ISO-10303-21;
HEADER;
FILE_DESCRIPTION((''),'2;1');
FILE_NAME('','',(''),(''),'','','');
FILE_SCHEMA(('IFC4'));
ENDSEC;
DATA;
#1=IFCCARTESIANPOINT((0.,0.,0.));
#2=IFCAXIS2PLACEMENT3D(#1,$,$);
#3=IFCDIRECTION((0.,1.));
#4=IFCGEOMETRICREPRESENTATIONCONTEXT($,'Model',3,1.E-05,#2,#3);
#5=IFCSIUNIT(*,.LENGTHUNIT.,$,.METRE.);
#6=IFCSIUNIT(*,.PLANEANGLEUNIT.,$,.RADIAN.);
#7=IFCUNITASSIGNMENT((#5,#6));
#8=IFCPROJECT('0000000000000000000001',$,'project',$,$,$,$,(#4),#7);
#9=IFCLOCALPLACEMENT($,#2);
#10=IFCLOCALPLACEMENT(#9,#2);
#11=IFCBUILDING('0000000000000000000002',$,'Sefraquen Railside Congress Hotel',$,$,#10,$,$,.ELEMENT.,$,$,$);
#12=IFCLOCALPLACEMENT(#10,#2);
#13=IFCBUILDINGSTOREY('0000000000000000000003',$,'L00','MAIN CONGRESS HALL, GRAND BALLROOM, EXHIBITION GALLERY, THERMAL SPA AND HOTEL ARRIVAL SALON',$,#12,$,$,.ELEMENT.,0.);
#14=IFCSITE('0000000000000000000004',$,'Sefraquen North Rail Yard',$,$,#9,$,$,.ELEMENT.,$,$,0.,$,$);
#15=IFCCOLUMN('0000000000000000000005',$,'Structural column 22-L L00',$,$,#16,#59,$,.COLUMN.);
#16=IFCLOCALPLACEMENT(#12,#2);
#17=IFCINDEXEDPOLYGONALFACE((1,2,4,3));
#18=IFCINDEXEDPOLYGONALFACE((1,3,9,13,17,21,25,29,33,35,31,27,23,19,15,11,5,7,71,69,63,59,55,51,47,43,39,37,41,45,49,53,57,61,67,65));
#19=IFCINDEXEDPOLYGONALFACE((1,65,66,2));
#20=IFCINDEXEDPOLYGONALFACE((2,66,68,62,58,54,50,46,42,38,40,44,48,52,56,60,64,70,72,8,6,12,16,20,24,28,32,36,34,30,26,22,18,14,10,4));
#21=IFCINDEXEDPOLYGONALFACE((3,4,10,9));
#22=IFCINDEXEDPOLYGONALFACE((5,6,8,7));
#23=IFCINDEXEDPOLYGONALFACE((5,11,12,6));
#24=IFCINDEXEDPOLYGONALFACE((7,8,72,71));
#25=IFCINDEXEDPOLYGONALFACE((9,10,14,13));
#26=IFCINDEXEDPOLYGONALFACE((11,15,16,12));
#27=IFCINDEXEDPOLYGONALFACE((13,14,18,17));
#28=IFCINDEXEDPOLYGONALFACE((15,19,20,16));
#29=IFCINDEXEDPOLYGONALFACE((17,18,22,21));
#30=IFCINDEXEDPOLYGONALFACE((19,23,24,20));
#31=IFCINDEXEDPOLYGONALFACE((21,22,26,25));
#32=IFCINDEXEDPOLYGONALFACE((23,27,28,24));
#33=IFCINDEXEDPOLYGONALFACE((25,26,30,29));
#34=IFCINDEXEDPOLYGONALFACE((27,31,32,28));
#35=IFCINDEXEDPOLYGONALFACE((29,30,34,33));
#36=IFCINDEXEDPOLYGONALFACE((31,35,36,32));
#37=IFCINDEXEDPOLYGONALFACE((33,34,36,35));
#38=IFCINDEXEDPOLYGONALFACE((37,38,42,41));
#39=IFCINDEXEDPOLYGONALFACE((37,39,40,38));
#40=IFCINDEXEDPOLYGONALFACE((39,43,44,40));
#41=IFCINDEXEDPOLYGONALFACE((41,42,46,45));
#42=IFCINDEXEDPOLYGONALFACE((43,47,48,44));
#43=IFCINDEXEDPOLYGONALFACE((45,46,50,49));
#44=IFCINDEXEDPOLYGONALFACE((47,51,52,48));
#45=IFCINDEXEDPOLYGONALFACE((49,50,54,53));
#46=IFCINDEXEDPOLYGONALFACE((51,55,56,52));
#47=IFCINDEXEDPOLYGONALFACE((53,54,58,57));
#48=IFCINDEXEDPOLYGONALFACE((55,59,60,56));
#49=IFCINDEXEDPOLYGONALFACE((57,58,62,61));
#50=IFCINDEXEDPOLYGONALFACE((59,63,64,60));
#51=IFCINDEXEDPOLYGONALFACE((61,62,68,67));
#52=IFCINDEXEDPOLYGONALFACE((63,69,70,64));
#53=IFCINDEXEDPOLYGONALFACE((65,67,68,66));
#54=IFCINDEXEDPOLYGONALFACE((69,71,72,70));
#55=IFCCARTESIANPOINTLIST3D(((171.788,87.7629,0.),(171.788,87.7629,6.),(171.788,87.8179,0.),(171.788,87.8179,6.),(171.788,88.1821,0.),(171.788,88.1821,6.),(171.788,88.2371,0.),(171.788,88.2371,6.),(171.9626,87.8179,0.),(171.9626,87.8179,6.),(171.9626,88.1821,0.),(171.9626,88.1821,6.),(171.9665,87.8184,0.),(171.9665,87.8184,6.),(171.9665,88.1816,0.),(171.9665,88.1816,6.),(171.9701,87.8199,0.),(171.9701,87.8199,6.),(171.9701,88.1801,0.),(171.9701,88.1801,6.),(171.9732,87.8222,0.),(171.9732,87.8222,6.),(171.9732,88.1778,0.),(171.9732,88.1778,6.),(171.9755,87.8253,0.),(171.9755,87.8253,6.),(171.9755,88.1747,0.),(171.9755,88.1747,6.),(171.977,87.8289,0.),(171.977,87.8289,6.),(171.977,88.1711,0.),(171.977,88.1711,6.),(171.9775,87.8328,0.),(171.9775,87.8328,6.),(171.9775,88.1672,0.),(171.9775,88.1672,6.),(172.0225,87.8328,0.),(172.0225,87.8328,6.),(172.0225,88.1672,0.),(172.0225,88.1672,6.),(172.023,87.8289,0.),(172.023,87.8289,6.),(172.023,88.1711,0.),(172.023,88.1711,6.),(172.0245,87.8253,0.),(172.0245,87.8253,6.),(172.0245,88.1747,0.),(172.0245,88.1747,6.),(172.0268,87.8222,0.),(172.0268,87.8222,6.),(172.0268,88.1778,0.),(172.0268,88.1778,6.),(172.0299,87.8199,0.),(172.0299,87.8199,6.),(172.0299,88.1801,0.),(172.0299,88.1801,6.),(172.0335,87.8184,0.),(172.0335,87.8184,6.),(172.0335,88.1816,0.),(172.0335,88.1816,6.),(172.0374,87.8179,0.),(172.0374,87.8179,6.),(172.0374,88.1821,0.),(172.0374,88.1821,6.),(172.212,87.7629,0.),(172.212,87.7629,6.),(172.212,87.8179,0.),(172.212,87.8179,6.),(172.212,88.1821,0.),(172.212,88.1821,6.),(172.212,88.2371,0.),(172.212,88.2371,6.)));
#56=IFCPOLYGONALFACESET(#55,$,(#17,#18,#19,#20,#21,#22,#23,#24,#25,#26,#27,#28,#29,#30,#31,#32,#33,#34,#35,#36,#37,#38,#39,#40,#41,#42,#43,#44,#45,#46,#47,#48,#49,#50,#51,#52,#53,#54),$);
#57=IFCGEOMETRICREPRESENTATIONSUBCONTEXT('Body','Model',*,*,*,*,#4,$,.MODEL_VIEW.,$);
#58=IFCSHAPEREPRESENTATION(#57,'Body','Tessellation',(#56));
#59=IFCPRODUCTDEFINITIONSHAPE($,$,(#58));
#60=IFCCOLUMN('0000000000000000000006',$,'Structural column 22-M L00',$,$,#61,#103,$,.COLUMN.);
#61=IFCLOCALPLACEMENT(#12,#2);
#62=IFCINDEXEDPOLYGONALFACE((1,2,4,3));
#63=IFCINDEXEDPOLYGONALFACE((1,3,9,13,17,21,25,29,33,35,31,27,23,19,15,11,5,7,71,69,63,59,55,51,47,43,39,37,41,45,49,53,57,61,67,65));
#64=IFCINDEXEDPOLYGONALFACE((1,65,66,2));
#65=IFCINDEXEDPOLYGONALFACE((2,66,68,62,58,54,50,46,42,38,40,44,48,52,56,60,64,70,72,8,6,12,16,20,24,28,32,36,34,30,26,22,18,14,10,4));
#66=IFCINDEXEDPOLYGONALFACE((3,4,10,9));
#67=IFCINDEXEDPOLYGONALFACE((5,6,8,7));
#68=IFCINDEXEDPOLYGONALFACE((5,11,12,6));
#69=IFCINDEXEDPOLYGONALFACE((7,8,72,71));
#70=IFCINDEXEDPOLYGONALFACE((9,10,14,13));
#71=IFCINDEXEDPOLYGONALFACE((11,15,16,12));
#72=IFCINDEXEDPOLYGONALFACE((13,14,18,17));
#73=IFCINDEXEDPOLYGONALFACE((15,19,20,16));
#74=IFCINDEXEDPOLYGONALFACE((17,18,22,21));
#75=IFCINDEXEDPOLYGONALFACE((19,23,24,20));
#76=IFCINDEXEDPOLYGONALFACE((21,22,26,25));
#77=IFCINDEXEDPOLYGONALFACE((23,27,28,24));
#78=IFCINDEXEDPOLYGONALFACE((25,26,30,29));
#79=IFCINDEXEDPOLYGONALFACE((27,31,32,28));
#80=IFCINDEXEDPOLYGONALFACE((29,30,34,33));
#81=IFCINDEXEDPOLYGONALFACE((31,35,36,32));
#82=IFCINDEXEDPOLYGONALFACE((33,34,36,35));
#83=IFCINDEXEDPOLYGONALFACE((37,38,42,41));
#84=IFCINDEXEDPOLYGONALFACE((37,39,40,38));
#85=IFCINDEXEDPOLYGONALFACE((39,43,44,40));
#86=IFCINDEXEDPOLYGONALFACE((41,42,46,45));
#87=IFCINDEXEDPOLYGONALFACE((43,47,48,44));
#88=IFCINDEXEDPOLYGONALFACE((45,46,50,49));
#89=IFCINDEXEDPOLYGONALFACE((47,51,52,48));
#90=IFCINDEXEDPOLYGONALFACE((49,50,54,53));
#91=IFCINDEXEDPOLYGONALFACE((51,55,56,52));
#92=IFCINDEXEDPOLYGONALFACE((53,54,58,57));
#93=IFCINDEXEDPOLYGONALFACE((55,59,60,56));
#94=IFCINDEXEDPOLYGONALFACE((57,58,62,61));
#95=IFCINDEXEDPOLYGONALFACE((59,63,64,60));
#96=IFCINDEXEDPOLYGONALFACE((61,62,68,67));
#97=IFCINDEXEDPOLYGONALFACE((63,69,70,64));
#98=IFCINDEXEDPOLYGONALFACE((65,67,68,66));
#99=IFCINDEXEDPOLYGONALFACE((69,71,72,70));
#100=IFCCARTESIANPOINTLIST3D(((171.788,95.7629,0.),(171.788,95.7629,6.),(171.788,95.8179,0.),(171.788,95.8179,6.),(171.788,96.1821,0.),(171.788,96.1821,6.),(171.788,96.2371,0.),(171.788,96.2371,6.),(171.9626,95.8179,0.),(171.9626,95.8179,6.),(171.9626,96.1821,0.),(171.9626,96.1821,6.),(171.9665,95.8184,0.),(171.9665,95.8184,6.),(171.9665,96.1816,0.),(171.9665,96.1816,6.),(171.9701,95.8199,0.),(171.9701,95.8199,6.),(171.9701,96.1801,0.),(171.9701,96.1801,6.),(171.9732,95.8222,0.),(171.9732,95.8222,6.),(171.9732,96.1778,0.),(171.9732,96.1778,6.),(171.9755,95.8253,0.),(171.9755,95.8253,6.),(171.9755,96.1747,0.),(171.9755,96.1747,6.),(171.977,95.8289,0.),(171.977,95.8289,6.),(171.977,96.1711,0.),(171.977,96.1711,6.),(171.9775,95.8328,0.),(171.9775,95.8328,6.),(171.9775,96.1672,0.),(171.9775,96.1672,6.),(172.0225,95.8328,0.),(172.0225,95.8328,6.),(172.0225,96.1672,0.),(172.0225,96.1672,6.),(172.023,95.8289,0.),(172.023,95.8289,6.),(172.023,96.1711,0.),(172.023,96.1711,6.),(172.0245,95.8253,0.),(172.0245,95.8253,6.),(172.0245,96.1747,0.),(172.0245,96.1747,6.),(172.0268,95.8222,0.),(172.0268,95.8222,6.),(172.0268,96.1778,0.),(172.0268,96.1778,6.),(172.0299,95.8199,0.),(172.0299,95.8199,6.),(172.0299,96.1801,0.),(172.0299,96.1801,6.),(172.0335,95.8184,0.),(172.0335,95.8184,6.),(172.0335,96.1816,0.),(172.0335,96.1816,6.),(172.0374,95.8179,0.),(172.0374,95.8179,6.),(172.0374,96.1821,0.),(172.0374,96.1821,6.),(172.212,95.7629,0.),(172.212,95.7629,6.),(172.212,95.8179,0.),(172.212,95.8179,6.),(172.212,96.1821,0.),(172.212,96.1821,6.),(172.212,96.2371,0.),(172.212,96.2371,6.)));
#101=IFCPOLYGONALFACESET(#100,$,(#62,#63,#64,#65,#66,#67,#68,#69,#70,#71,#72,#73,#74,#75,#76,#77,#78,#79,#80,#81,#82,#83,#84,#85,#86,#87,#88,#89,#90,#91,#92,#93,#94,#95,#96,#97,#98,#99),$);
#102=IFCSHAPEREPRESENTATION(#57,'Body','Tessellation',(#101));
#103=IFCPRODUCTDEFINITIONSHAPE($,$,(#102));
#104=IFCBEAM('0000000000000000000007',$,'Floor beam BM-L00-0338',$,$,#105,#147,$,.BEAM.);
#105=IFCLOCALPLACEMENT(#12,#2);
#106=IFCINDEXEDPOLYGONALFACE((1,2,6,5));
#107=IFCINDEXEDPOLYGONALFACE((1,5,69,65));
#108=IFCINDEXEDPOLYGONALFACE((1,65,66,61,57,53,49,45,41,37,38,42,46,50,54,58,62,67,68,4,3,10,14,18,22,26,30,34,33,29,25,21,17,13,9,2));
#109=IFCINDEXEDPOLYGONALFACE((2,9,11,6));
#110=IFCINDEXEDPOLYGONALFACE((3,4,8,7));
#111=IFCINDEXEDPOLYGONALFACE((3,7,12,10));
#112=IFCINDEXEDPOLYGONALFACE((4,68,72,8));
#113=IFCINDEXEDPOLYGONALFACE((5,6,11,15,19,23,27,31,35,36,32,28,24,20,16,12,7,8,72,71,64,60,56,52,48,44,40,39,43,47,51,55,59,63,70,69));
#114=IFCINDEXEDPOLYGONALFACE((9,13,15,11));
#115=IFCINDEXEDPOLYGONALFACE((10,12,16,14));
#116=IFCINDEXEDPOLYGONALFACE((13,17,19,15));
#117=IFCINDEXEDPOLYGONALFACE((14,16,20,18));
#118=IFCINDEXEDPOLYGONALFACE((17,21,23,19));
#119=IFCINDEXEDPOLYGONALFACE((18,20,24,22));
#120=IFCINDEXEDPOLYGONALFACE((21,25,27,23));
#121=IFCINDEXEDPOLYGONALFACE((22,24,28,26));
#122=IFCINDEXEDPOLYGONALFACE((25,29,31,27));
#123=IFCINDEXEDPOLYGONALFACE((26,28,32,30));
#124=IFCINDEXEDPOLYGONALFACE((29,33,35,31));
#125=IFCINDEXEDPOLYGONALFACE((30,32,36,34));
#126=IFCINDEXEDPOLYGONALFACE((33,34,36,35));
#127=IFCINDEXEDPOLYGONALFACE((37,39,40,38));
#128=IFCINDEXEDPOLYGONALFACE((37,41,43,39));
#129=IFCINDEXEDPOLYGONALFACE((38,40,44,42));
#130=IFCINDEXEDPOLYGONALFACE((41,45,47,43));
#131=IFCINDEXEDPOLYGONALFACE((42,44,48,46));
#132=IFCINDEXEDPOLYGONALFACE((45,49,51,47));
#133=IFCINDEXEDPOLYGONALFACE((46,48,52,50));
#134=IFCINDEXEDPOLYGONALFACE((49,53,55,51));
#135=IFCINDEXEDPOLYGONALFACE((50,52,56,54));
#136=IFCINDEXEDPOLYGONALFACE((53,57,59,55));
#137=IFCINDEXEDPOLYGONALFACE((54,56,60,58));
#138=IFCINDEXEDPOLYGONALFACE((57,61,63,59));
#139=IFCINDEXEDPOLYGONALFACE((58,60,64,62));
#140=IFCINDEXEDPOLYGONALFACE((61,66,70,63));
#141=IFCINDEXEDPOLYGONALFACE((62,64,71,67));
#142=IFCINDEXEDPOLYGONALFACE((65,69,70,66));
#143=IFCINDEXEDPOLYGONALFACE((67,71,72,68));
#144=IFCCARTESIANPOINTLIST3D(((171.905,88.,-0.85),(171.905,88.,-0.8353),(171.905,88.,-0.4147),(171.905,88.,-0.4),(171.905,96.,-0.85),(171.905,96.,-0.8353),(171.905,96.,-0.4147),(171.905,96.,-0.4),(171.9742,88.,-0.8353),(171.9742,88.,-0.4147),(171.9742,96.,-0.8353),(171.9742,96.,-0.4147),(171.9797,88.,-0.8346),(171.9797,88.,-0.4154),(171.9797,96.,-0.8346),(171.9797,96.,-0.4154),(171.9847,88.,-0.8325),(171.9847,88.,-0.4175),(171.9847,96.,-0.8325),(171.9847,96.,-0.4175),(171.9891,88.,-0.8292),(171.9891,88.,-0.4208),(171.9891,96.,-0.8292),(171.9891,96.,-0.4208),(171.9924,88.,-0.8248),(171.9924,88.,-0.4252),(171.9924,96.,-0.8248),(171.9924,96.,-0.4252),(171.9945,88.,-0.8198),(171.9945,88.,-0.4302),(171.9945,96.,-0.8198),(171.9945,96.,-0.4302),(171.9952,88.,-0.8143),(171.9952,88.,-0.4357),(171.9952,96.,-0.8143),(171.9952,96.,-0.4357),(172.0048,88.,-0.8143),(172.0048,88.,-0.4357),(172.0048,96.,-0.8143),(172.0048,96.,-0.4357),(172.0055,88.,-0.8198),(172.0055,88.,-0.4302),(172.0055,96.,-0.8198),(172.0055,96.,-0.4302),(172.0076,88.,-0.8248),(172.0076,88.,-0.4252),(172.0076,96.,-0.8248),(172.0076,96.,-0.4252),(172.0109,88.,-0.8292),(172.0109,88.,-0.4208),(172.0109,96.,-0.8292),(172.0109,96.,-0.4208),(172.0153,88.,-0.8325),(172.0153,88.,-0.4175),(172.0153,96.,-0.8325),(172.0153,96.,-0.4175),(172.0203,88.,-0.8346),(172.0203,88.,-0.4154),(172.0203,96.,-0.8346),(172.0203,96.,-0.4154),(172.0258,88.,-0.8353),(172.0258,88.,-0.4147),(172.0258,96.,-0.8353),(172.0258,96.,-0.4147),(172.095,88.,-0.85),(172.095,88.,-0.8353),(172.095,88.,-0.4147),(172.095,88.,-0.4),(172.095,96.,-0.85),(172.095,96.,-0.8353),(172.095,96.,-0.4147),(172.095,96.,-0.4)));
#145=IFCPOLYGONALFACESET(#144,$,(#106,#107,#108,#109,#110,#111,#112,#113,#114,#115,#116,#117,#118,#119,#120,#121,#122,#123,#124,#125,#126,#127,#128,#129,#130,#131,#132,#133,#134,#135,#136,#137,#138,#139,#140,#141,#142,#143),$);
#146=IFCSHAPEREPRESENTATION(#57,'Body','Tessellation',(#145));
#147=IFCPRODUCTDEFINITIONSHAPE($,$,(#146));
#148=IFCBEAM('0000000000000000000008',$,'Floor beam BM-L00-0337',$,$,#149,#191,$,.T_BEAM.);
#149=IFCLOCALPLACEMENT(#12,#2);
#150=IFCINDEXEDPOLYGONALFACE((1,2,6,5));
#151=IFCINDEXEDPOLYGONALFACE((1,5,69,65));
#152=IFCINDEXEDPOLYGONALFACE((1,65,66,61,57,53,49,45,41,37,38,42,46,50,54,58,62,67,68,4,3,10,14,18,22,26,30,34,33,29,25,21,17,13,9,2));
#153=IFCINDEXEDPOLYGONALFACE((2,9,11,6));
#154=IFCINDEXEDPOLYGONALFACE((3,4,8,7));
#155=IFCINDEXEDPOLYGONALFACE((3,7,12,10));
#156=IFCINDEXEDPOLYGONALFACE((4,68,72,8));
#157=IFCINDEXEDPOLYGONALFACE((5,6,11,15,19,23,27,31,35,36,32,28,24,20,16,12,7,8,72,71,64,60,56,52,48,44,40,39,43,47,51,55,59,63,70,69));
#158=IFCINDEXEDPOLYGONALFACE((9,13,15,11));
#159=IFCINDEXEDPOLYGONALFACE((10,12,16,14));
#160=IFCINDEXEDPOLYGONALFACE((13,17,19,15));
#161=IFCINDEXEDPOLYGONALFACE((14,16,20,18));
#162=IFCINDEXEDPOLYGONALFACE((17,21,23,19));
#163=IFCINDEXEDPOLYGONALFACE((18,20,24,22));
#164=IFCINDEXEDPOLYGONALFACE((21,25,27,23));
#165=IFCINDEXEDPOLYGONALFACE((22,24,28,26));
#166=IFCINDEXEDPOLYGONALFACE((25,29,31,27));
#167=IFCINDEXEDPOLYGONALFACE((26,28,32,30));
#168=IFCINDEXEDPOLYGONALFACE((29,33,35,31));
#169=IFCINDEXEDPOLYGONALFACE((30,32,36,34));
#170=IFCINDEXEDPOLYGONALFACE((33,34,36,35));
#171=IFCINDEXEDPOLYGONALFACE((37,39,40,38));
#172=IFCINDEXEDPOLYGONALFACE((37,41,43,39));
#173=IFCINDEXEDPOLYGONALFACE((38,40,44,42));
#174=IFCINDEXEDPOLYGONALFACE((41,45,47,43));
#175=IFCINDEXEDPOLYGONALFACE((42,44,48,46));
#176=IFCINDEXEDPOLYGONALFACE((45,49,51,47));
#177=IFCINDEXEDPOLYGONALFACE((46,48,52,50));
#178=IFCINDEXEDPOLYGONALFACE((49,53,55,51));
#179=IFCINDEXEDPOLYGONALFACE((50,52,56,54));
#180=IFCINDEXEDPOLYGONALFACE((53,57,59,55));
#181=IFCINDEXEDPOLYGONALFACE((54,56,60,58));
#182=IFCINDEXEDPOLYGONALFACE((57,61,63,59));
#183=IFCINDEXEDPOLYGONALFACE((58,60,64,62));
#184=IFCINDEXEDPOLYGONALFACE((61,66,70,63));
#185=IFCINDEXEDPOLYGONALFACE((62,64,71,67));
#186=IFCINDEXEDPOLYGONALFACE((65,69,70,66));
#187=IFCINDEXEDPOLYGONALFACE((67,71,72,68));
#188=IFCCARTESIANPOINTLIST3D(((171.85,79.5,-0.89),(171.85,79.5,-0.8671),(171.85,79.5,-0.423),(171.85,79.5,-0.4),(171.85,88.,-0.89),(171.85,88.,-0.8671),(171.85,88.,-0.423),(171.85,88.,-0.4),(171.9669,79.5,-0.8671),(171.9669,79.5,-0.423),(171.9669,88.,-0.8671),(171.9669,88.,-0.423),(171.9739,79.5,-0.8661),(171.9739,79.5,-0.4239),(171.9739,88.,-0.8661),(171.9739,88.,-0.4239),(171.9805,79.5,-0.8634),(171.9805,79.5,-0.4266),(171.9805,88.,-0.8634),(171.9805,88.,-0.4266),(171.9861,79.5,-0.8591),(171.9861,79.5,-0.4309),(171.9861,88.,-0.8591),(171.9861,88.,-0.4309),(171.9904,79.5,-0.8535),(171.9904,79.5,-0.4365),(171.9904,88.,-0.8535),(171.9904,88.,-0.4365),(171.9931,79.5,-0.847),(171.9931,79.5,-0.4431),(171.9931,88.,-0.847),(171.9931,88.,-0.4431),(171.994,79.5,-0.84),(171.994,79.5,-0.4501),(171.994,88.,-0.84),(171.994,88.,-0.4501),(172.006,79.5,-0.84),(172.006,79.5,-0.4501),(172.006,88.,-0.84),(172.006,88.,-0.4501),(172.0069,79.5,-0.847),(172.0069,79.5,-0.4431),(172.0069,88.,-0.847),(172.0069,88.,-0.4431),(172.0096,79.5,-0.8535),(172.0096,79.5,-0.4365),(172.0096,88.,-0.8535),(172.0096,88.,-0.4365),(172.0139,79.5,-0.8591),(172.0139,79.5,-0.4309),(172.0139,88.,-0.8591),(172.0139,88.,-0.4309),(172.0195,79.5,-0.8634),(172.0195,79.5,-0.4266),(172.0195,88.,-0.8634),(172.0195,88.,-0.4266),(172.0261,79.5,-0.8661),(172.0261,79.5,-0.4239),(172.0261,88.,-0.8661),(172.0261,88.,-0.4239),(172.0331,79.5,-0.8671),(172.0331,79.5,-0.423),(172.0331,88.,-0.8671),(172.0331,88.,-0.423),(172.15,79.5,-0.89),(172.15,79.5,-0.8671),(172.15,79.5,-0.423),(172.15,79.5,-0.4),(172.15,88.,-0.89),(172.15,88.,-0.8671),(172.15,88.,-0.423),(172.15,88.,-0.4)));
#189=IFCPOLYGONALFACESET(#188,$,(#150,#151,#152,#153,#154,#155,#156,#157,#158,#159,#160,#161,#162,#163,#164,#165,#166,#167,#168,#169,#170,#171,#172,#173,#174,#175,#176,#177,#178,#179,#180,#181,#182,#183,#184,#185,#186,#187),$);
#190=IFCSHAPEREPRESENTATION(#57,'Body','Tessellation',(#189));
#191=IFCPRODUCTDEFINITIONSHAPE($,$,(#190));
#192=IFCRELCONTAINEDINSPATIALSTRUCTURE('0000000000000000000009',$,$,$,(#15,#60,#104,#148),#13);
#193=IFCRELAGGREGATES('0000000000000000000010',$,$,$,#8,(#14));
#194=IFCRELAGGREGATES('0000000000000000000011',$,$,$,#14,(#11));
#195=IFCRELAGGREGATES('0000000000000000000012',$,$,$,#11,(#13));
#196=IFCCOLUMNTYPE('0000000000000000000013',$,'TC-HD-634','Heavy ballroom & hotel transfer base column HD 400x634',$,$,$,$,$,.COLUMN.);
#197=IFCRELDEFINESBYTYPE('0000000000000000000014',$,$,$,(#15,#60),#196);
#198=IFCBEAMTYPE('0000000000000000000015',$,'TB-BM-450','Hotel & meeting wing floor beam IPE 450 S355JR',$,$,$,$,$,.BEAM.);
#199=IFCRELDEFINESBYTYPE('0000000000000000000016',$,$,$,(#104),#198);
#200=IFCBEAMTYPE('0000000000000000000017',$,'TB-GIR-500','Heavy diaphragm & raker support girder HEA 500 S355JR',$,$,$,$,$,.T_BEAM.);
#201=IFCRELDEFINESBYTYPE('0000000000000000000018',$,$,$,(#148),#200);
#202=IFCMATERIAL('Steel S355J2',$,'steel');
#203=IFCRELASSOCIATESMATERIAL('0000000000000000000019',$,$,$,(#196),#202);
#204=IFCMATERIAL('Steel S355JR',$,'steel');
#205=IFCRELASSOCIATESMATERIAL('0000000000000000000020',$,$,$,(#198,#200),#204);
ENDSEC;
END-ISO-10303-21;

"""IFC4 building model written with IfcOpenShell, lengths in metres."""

from ifc_helpers import new_model, si_unit, direction, frame, origin, origin_2d, place, context, subcontext, project, spatial, i_section, extrude, material, material_profile, profile_set, type_object, element, save


model = new_model("IFC4")

# Units and contexts
model_context = context("Model", 3, precision=1e-05, world=origin(), true_north=direction((0.0, 1.0)))
body_context = subcontext(model_context, "Body", "Model", "MODEL_VIEW")
ifc_project = project(units=[si_unit("LENGTHUNIT", "METRE"), si_unit("PLANEANGLEUNIT", "RADIAN")], contexts=[model_context])

# Site, building, storey
site_placement = place(None, origin())
site = spatial("IfcSite", under=ifc_project, at=site_placement, Name="Sefraquen North Rail Yard", CompositionType="ELEMENT", RefElevation=0.0)
building_placement = place(site_placement, origin())
building = spatial("IfcBuilding", under=site, at=building_placement, Name="Sefraquen Railside Congress Hotel", CompositionType="ELEMENT")
storey_placement = place(building_placement, origin())
storey = spatial("IfcBuildingStorey", under=building, at=storey_placement, Name="L00", Description="MAIN CONGRESS HALL, GRAND BALLROOM, EXHIBITION GALLERY, THERMAL SPA AND HOTEL ARRIVAL SALON", CompositionType="ELEMENT", Elevation=0.0)

# Columns
ifc_material_1 = material(Name="Steel S355J2", Category="steel")
ifc_material_profile_1 = material_profile(ifc_material_1, i_section(OverallWidth=0.4241, OverallDepth=0.4741, WebThickness=0.0449, FlangeThickness=0.0549, FilletRadius=0.0149, at=origin_2d()), Name="HD 400x634")
ifc_profile_set_1 = profile_set([ifc_material_profile_1], Name="Steel S355J2")
column_type = type_object("IfcColumnType", Name="TC-HD-634", Description="Heavy ballroom & hotel transfer base column HD 400x634", PredefinedType="COLUMN", material=ifc_profile_set_1)
for number, where, z_axis, x_axis, name in (
    (1, (172.0, 88.0, 0.0), (0.0, 0.0, 1.0), (1.0, 0.0, 0.0), "Structural column 22-L L00"),
    (2, (172.0, 96.0, 0.0), (0.0, 0.0, 1.0), (1.0, 0.0, 0.0), "Structural column 22-M L00"),
):
    element("IfcColumn", number, at=place(storey_placement, frame(where, z_axis=z_axis, x_axis=x_axis)), inside=storey, type_object=column_type, Name=name, PredefinedType="COLUMN", context=body_context, shape_type="SweptSolid", body=[
        extrude(i_section(OverallWidth=0.4241, OverallDepth=0.4741, WebThickness=0.0449, FlangeThickness=0.0549, FilletRadius=0.0149, at=origin_2d()), origin(), (0.0, 0.0, 1.0), 6.0),
    ])

# Beams
ifc_material_2 = material(Name="Steel S355JR", Category="steel")
ifc_material_profile_2 = material_profile(ifc_material_2, i_section(OverallWidth=0.1899, OverallDepth=0.45, WebThickness=0.0095, FlangeThickness=0.0146, FilletRadius=0.021, at=origin_2d()), Name="IPE 450")
ifc_profile_set_2 = profile_set([ifc_material_profile_2], Name="Steel S355JR")
beam_type_1 = type_object("IfcBeamType", Name="TB-BM-450", Description="Hotel & meeting wing floor beam IPE 450 S355JR", PredefinedType="BEAM", material=ifc_profile_set_2)
beam_1_placement = place(storey_placement, frame((172.0, 88.0, -0.625), z_axis=(0.0, 1.0, 0.0), x_axis=(-1.0, 0.0, 0.0)))
element("IfcBeam", 3, at=beam_1_placement, inside=storey, type_object=beam_type_1, Name="Floor beam BM-L00-0338", PredefinedType="BEAM", context=body_context, shape_type="SweptSolid", body=[
    extrude(i_section(OverallWidth=0.1899, OverallDepth=0.45, WebThickness=0.0095, FlangeThickness=0.0146, FilletRadius=0.021, at=origin_2d()), origin(), (0.0, 0.0, 1.0), 8.0),
])
ifc_material_profile_3 = material_profile(ifc_material_2, i_section(OverallWidth=0.3, OverallDepth=0.49, WebThickness=0.012, FlangeThickness=0.0229, FilletRadius=0.0271, at=origin_2d()), Name="HEA 500")
ifc_profile_set_3 = profile_set([ifc_material_profile_3], Name="Steel S355JR")
beam_type_2 = type_object("IfcBeamType", Name="TB-GIR-500", Description="Heavy diaphragm & raker support girder HEA 500 S355JR", PredefinedType="T_BEAM", material=ifc_profile_set_3)
beam_2_placement = place(storey_placement, frame((172.0, 79.5, -0.645), z_axis=(0.0, 1.0, 0.0), x_axis=(-1.0, 0.0, 0.0)))
element("IfcBeam", 4, at=beam_2_placement, inside=storey, type_object=beam_type_2, Name="Floor beam BM-L00-0337", PredefinedType="T_BEAM", context=body_context, shape_type="SweptSolid", body=[
    extrude(i_section(OverallWidth=0.3, OverallDepth=0.49, WebThickness=0.012, FlangeThickness=0.0229, FilletRadius=0.0271, at=origin_2d()), origin(), (0.0, 0.0, 1.0), 8.5),
])

save(model, "model.ifc")
